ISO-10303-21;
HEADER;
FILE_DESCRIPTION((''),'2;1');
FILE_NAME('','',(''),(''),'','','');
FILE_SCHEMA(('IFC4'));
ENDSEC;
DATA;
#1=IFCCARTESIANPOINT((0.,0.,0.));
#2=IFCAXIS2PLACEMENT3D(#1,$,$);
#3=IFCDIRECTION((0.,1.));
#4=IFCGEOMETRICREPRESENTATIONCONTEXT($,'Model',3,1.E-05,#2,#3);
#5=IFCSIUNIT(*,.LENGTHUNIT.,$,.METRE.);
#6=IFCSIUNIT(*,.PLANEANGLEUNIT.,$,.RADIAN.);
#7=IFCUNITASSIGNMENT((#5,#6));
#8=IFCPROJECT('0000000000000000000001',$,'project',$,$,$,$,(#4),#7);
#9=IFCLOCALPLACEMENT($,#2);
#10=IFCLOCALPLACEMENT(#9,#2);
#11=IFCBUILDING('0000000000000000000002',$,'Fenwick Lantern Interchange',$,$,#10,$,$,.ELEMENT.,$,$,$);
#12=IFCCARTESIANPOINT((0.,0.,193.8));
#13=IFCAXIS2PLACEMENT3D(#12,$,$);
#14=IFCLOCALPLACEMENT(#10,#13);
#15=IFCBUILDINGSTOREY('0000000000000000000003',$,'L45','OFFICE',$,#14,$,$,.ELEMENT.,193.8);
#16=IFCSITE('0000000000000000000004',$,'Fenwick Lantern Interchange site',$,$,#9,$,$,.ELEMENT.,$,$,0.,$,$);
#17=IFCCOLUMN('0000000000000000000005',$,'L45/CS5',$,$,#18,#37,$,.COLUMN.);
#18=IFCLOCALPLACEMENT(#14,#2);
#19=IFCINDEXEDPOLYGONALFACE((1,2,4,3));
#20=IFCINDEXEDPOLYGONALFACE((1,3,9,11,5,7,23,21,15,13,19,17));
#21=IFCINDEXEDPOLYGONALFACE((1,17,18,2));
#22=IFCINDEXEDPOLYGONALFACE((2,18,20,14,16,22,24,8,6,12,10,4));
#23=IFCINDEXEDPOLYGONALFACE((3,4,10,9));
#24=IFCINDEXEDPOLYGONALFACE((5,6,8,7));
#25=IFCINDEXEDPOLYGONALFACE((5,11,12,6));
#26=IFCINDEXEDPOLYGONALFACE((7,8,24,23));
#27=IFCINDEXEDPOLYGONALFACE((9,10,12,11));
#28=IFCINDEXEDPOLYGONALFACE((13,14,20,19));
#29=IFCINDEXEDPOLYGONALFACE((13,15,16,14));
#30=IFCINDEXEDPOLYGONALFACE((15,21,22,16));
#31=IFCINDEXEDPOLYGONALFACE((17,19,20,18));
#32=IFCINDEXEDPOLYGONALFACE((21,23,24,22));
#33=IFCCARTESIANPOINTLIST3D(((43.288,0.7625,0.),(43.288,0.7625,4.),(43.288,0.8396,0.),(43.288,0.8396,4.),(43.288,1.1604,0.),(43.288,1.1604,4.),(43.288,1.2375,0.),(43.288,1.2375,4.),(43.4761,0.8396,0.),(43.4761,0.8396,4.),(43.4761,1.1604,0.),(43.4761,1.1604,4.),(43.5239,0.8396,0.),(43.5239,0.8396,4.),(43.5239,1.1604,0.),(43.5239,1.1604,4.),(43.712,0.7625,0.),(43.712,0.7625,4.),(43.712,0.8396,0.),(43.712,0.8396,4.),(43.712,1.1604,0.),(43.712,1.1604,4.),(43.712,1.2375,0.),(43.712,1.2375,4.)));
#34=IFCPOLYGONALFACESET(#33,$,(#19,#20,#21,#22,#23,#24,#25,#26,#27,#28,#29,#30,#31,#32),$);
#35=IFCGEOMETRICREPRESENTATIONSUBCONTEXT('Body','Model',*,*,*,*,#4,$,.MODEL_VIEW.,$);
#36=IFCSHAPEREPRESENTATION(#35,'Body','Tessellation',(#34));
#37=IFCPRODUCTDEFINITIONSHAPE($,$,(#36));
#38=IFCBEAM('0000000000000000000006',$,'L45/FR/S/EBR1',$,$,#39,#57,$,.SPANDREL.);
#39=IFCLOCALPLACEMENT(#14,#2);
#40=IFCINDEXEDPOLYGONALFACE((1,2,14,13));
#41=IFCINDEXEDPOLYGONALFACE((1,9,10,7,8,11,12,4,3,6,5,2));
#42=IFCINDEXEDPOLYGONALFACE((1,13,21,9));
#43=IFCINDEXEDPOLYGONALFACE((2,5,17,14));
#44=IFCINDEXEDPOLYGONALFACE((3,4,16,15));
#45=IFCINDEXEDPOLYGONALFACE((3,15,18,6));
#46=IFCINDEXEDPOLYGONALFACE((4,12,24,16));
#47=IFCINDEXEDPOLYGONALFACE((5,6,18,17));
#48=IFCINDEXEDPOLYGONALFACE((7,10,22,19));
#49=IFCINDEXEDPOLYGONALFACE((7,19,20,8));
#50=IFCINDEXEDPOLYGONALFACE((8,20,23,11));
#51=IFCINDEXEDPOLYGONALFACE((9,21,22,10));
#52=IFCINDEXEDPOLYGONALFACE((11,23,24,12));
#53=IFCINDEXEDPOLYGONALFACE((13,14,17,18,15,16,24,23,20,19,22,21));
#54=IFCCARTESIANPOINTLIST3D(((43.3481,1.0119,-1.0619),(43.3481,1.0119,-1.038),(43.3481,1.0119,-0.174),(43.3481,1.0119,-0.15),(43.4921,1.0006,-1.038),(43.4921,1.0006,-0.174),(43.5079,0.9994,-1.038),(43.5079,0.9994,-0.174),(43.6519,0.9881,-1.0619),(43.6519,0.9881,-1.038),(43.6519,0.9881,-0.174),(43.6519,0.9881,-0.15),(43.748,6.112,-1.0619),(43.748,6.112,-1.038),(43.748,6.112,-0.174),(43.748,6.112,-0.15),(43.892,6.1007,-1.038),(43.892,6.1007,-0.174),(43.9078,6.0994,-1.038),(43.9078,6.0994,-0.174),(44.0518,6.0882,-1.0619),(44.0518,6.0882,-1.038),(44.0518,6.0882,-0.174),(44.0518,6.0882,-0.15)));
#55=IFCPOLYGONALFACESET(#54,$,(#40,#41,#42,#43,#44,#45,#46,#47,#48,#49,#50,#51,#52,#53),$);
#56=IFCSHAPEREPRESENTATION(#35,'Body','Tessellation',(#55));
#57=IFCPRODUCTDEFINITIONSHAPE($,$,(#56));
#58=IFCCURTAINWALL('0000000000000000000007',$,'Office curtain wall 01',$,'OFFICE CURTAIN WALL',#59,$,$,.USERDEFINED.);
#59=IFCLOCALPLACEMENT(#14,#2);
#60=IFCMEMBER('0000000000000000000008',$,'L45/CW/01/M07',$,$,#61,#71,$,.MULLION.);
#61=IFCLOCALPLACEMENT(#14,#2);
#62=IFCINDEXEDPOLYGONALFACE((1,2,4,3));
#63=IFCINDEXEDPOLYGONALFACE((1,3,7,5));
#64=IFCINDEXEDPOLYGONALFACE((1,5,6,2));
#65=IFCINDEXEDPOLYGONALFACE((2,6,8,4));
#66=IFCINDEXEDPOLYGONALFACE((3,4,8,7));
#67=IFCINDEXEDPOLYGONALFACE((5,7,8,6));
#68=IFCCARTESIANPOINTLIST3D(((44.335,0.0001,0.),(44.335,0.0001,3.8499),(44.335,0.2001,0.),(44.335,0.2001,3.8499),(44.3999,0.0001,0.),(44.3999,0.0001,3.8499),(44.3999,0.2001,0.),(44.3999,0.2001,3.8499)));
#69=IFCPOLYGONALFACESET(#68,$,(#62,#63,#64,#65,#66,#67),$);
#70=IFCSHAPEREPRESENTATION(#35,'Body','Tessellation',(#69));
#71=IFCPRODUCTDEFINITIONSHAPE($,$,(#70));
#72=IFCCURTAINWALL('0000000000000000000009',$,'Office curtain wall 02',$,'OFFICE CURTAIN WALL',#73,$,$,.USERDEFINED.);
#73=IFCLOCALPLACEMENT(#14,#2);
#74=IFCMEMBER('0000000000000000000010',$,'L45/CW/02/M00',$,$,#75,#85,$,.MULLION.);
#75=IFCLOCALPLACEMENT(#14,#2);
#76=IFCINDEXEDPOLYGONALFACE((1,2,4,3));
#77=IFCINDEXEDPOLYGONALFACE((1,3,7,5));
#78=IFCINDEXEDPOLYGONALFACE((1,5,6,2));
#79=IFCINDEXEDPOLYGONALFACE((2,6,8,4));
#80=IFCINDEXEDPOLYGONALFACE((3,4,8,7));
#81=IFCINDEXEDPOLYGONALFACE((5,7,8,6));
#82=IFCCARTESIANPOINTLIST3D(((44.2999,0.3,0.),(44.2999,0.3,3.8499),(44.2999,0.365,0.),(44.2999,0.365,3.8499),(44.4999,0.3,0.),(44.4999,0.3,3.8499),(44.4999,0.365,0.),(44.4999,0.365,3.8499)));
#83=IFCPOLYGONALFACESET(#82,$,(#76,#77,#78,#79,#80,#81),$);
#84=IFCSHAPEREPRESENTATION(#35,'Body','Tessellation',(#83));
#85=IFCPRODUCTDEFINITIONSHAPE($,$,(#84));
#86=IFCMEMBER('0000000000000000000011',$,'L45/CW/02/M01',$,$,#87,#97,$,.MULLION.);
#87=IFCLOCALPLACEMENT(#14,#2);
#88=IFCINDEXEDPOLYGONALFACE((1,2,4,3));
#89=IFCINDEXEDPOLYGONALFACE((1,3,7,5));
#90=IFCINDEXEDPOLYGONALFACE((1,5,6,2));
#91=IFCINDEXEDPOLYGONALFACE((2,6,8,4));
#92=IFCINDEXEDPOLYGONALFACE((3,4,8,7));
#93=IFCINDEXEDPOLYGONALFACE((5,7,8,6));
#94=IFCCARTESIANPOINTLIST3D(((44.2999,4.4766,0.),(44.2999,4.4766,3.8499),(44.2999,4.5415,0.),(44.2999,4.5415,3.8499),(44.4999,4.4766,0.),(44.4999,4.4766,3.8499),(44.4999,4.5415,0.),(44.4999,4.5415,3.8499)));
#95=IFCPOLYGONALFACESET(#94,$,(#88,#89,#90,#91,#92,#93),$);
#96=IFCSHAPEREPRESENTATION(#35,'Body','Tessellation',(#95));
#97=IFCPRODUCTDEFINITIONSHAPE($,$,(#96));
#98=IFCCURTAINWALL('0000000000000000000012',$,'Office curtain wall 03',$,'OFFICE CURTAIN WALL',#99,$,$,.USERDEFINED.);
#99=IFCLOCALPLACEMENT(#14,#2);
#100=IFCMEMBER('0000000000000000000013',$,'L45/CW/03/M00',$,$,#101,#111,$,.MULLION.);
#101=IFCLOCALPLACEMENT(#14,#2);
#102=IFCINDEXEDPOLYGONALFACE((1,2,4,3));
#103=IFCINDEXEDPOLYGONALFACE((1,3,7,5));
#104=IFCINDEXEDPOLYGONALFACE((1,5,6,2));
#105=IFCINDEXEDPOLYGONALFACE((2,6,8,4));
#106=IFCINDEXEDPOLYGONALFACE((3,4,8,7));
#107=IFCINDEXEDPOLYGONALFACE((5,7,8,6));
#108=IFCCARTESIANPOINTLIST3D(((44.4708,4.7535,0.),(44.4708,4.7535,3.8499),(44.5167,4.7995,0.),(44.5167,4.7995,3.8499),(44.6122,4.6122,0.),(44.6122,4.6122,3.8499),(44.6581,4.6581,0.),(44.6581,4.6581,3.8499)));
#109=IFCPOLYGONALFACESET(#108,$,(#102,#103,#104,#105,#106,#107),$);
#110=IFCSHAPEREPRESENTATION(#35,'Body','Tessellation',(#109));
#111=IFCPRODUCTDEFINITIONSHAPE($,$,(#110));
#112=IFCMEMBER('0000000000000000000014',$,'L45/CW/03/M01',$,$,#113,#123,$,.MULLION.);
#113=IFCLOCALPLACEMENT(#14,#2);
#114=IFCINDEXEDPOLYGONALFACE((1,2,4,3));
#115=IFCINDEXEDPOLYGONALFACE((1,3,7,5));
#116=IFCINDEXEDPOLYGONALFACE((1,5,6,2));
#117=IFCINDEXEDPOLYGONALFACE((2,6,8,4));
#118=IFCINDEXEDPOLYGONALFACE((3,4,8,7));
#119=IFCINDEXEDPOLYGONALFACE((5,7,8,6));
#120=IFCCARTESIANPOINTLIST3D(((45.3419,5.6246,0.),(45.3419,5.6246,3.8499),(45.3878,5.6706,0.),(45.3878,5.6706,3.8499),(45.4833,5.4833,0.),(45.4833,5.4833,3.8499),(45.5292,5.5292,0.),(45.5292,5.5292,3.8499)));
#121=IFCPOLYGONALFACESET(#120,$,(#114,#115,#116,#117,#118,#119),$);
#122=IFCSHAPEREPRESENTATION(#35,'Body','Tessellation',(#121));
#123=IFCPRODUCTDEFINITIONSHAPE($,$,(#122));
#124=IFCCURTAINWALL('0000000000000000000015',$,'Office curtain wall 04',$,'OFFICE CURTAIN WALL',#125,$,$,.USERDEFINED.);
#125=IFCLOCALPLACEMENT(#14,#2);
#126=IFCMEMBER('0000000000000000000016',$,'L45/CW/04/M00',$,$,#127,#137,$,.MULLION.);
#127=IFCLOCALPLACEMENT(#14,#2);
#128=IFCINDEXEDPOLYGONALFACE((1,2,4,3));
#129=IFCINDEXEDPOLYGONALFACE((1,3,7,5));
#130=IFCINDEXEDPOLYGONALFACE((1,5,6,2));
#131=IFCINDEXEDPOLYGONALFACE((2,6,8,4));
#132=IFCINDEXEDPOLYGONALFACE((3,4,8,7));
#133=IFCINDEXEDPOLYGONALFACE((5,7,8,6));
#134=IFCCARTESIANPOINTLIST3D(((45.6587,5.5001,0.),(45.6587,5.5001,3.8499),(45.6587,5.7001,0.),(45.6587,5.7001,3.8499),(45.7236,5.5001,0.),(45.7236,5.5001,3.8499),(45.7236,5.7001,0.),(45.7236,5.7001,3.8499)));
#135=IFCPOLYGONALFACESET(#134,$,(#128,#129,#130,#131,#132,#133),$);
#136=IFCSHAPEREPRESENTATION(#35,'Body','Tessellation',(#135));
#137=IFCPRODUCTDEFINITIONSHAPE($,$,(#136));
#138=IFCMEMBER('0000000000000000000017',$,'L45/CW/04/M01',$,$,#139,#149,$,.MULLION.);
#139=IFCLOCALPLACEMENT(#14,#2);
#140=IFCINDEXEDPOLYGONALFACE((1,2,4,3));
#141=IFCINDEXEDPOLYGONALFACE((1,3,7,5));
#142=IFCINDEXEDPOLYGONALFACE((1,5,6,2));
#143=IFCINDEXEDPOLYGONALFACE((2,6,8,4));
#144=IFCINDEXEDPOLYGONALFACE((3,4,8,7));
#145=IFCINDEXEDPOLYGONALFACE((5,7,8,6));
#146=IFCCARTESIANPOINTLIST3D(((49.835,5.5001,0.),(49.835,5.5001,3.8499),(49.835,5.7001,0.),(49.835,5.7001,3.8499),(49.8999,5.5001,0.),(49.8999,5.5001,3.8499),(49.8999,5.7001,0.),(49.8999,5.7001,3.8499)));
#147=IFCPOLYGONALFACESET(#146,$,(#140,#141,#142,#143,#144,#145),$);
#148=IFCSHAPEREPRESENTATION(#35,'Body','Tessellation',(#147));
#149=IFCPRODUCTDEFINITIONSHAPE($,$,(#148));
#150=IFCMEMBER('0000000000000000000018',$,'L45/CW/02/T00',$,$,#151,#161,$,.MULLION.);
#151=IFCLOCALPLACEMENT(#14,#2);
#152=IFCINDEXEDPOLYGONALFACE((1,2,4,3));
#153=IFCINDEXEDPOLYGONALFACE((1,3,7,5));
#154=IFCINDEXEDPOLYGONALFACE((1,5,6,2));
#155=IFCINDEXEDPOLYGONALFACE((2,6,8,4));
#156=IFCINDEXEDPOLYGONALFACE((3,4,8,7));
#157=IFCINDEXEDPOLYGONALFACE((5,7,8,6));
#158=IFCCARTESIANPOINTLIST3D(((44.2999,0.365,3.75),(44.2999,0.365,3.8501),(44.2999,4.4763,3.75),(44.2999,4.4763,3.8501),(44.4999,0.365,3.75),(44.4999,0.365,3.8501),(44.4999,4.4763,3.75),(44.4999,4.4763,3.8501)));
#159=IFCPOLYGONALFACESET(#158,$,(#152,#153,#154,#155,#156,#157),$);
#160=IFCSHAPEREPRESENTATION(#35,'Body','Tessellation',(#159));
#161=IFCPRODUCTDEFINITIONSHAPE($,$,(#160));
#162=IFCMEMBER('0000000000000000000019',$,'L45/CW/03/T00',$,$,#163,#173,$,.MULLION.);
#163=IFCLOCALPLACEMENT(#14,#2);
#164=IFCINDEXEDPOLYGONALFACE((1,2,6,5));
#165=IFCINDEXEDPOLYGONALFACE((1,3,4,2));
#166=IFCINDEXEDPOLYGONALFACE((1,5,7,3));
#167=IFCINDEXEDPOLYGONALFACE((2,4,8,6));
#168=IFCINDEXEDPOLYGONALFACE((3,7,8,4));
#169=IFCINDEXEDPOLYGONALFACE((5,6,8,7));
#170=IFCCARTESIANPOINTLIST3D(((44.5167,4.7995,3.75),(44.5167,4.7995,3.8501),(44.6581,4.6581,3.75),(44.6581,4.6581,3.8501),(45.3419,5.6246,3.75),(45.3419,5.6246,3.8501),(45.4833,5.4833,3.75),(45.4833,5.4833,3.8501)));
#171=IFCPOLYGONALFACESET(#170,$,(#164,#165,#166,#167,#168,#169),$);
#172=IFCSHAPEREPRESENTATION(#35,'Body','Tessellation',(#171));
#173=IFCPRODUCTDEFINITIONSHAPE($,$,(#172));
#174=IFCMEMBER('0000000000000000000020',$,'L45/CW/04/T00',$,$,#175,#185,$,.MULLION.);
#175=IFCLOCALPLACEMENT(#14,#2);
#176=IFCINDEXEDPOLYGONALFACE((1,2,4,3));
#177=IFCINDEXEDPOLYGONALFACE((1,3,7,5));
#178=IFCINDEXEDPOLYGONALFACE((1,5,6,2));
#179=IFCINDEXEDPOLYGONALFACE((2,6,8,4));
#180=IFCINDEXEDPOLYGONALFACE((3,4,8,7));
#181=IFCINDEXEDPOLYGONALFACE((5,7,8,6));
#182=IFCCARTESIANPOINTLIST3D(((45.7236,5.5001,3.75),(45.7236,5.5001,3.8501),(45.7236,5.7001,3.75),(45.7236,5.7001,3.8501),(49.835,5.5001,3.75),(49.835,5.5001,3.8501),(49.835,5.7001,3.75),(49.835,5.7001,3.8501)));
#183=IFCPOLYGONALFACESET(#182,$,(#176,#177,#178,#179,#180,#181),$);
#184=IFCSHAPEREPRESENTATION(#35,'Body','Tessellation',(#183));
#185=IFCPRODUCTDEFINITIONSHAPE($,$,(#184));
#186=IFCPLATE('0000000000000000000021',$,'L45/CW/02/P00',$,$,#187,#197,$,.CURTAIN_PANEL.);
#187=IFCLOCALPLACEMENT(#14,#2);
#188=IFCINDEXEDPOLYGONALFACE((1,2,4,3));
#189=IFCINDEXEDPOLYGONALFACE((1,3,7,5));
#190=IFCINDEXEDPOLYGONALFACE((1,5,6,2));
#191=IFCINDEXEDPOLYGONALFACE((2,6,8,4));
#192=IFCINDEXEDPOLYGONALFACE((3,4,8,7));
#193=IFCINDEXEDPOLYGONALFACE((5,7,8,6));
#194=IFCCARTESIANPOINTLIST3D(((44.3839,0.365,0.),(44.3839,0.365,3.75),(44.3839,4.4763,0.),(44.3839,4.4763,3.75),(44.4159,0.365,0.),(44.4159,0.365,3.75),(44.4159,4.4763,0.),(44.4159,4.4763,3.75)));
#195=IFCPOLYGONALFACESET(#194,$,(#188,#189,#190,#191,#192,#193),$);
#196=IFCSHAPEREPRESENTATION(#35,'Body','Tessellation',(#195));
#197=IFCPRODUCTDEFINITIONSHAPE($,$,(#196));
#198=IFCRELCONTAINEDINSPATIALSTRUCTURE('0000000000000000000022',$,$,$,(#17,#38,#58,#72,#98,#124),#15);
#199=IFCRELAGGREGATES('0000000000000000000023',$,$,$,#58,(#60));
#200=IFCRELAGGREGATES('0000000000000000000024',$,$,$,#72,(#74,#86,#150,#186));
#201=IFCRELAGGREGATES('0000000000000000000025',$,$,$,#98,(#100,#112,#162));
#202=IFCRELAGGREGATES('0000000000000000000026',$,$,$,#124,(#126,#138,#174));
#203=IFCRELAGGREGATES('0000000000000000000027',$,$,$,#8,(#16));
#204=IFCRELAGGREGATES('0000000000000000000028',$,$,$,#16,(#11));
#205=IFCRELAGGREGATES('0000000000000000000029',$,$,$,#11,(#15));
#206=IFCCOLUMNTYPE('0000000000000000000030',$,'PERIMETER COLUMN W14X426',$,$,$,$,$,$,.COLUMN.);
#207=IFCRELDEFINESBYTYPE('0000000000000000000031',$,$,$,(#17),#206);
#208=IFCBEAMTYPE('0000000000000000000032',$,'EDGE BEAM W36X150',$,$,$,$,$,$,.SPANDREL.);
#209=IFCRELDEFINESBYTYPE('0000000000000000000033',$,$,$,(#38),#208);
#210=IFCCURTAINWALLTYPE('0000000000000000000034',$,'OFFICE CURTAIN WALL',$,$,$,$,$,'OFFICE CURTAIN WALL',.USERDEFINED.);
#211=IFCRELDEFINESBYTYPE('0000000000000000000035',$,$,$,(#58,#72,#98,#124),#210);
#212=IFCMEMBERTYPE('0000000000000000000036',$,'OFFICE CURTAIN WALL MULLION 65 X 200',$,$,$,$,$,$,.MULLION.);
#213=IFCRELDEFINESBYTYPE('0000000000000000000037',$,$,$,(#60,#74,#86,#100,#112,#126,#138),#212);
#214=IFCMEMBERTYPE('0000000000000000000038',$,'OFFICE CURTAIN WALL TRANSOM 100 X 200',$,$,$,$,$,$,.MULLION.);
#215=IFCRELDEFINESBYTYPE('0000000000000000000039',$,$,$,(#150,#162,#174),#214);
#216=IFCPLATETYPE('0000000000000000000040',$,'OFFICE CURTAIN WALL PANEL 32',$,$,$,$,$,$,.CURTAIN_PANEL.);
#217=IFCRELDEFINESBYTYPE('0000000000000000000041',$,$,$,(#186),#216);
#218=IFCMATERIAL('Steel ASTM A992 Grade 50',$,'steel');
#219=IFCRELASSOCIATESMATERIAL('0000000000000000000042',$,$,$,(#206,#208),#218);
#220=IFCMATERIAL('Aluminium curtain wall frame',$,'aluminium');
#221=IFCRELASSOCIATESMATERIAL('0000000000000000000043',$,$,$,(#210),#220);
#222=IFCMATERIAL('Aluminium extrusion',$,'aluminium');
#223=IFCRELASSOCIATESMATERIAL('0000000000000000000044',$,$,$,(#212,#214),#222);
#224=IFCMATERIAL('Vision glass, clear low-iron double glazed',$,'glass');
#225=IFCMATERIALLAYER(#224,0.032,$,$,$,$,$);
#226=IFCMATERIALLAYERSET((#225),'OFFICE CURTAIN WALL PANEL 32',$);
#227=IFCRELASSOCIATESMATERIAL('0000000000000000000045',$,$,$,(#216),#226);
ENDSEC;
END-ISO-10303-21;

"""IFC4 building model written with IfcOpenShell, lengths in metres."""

from ifc_helpers import new_model, si_unit, direction, frame, origin, origin_2d, place, context, subcontext, project, spatial, rectangle, i_section, extrude, material, layer, layer_set, material_profile, profile_set, type_object, element, aggregate, save


model = new_model("IFC4")

# Units and contexts
model_context = context("Model", 3, precision=1e-05, world=origin(), true_north=direction((0.0, 1.0)))
body_context = subcontext(model_context, "Body", "Model", "MODEL_VIEW")
ifc_project = project(units=[si_unit("LENGTHUNIT", "METRE"), si_unit("PLANEANGLEUNIT", "RADIAN")], contexts=[model_context])

# Site, building, storey
site_placement = place(None, origin())
site = spatial("IfcSite", under=ifc_project, at=site_placement, Name="Fenwick Lantern Interchange site", CompositionType="ELEMENT", RefElevation=0.0)
building_placement = place(site_placement, origin())
building = spatial("IfcBuilding", under=site, at=building_placement, Name="Fenwick Lantern Interchange", CompositionType="ELEMENT")
storey_placement = place(building_placement, frame((0.0, 0.0, 193.8)))
storey = spatial("IfcBuildingStorey", under=building, at=storey_placement, Name="L45", Description="OFFICE", CompositionType="ELEMENT", Elevation=193.8)

# Column
ifc_material_1 = material(Name="Steel ASTM A992 Grade 50", Category="steel")
ifc_material_profile_1 = material_profile(ifc_material_1, i_section(OverallWidth=0.4241, OverallDepth=0.4751, WebThickness=0.0479, FlangeThickness=0.0771, at=origin_2d()), Name="W14X426")
ifc_profile_set_1 = profile_set([ifc_material_profile_1], Name="Steel ASTM A992 Grade 50")
column_type = type_object("IfcColumnType", Name="PERIMETER COLUMN W14X426", PredefinedType="COLUMN", material=ifc_profile_set_1)
column_placement = place(storey_placement, frame((43.5, 1.0, 0.0), z_axis=(0.0, 0.0, 1.0), x_axis=(1.0, 0.0, 0.0)))
element("IfcColumn", 1, at=column_placement, inside=storey, type_object=column_type, Name="L45/CS5", PredefinedType="COLUMN", context=body_context, shape_type="SweptSolid", body=[
    extrude(i_section(OverallWidth=0.4241, OverallDepth=0.4751, WebThickness=0.0479, FlangeThickness=0.0771, at=origin_2d()), origin(), (0.0, 0.0, 1.0), 4.0),
])

# Beam
ifc_material_profile_2 = material_profile(ifc_material_1, i_section(OverallWidth=0.3047, OverallDepth=0.9119, WebThickness=0.0159, FlangeThickness=0.0239, at=origin_2d()), Name="W36X150")
ifc_profile_set_2 = profile_set([ifc_material_profile_2], Name="Steel ASTM A992 Grade 50")
beam_type = type_object("IfcBeamType", Name="EDGE BEAM W36X150", PredefinedType="SPANDREL", material=ifc_profile_set_2)
beam_placement = place(storey_placement, frame((43.5, 1.0, -0.606), z_axis=(0.078171, 0.99694, 0.0), x_axis=(-0.99694, 0.078171, 0.0)))
element("IfcBeam", 2, at=beam_placement, inside=storey, type_object=beam_type, Name="L45/FR/S/EBR1", PredefinedType="SPANDREL", context=body_context, shape_type="SweptSolid", body=[
    extrude(i_section(OverallWidth=0.3047, OverallDepth=0.9119, WebThickness=0.0159, FlangeThickness=0.0239, at=origin_2d()), origin(), (0.0, 0.0, 1.0), 5.1157),
])

# Curtain wall, member
ifc_material_2 = material(Name="Aluminium curtain wall frame", Category="aluminium")
curtain_wall_type = type_object("IfcCurtainWallType", Name="OFFICE CURTAIN WALL", ElementType="OFFICE CURTAIN WALL", PredefinedType="USERDEFINED", material=ifc_material_2)
curtain_wall_1_placement = place(storey_placement, origin())
curtain_wall_1 = element("IfcCurtainWall", 3, at=curtain_wall_1_placement, inside=storey, type_object=curtain_wall_type, Name="Office curtain wall 01", ObjectType="OFFICE CURTAIN WALL", PredefinedType="USERDEFINED")
ifc_material_3 = material(Name="Aluminium extrusion", Category="aluminium")
ifc_material_profile_3 = material_profile(ifc_material_3, rectangle(XDim=0.2, YDim=0.0649, at=origin_2d()), Name="OFFICE CURTAIN WALL MULLION 65 X 200")
ifc_profile_set_3 = profile_set([ifc_material_profile_3], Name="Aluminium extrusion")
member_type_1 = type_object("IfcMemberType", Name="OFFICE CURTAIN WALL MULLION 65 X 200", PredefinedType="MULLION", material=ifc_profile_set_3)
member_1_placement = place(storey_placement, frame((44.3674, 0.1001, 0.0), z_axis=(0.0, 0.0, 1.0), x_axis=(0.0, 1.0, 0.0)))
member_1 = element("IfcMember", 4, at=member_1_placement, type_object=member_type_1, Name="L45/CW/01/M07", PredefinedType="MULLION", context=body_context, shape_type="SweptSolid", body=[
    extrude(rectangle(XDim=0.2, YDim=0.0649, at=origin_2d()), origin(), (0.0, 0.0, 1.0), 3.8499),
])
aggregate(curtain_wall_1, [member_1])

# Curtain walls, members
curtain_wall_2_placement = place(storey_placement, origin())
curtain_wall_2 = element("IfcCurtainWall", 5, at=curtain_wall_2_placement, inside=storey, type_object=curtain_wall_type, Name="Office curtain wall 02", ObjectType="OFFICE CURTAIN WALL", PredefinedType="USERDEFINED")
member_2_placement = place(storey_placement, frame((44.3999, 0.3325, 0.0), z_axis=(0.0, 0.0, 1.0), x_axis=(-1.0, 0.0, 0.0)))
member_2 = element("IfcMember", 6, at=member_2_placement, type_object=member_type_1, Name="L45/CW/02/M00", PredefinedType="MULLION", context=body_context, shape_type="SweptSolid", body=[
    extrude(rectangle(XDim=0.2, YDim=0.0649, at=origin_2d()), origin(), (0.0, 0.0, 1.0), 3.8499),
])
member_3_placement = place(storey_placement, frame((44.3999, 4.509, 0.0), z_axis=(0.0, 0.0, 1.0), x_axis=(-1.0, 0.0, 0.0)))
member_3 = element("IfcMember", 7, at=member_3_placement, type_object=member_type_1, Name="L45/CW/02/M01", PredefinedType="MULLION", context=body_context, shape_type="SweptSolid", body=[
    extrude(rectangle(XDim=0.2, YDim=0.0649, at=origin_2d()), origin(), (0.0, 0.0, 1.0), 3.8499),
])
curtain_wall_3_placement = place(storey_placement, origin())
curtain_wall_3 = element("IfcCurtainWall", 8, at=curtain_wall_3_placement, inside=storey, type_object=curtain_wall_type, Name="Office curtain wall 03", ObjectType="OFFICE CURTAIN WALL", PredefinedType="USERDEFINED")
member_4_placement = place(storey_placement, frame((44.5645, 4.7058, 0.0), z_axis=(0.0, 0.0, 1.0), x_axis=(-0.707107, 0.707107, 0.0)))
member_4 = element("IfcMember", 9, at=member_4_placement, type_object=member_type_1, Name="L45/CW/03/M00", PredefinedType="MULLION", context=body_context, shape_type="SweptSolid", body=[
    extrude(rectangle(XDim=0.2, YDim=0.0649, at=origin_2d()), origin(), (0.0, 0.0, 1.0), 3.8499),
])
member_5_placement = place(storey_placement, frame((45.4355, 5.5769, 0.0), z_axis=(0.0, 0.0, 1.0), x_axis=(-0.707107, 0.707107, 0.0)))
member_5 = element("IfcMember", 10, at=member_5_placement, type_object=member_type_1, Name="L45/CW/03/M01", PredefinedType="MULLION", context=body_context, shape_type="SweptSolid", body=[
    extrude(rectangle(XDim=0.2, YDim=0.0649, at=origin_2d()), origin(), (0.0, 0.0, 1.0), 3.8499),
])
curtain_wall_4_placement = place(storey_placement, origin())
curtain_wall_4 = element("IfcCurtainWall", 11, at=curtain_wall_4_placement, inside=storey, type_object=curtain_wall_type, Name="Office curtain wall 04", ObjectType="OFFICE CURTAIN WALL", PredefinedType="USERDEFINED")
member_6_placement = place(storey_placement, frame((45.6912, 5.6001, 0.0), z_axis=(0.0, 0.0, 1.0), x_axis=(0.0, 1.0, 0.0)))
member_6 = element("IfcMember", 12, at=member_6_placement, type_object=member_type_1, Name="L45/CW/04/M00", PredefinedType="MULLION", context=body_context, shape_type="SweptSolid", body=[
    extrude(rectangle(XDim=0.2, YDim=0.0649, at=origin_2d()), origin(), (0.0, 0.0, 1.0), 3.8499),
])
member_7_placement = place(storey_placement, frame((49.8674, 5.6001, 0.0), z_axis=(0.0, 0.0, 1.0), x_axis=(0.0, 1.0, 0.0)))
member_7 = element("IfcMember", 13, at=member_7_placement, type_object=member_type_1, Name="L45/CW/04/M01", PredefinedType="MULLION", context=body_context, shape_type="SweptSolid", body=[
    extrude(rectangle(XDim=0.2, YDim=0.0649, at=origin_2d()), origin(), (0.0, 0.0, 1.0), 3.8499),
])

# Members
ifc_material_profile_4 = material_profile(ifc_material_3, rectangle(XDim=0.2, YDim=0.1001, at=origin_2d()), Name="OFFICE CURTAIN WALL TRANSOM 100 X 200")
ifc_profile_set_4 = profile_set([ifc_material_profile_4], Name="Aluminium extrusion")
member_type_2 = type_object("IfcMemberType", Name="OFFICE CURTAIN WALL TRANSOM 100 X 200", PredefinedType="MULLION", material=ifc_profile_set_4)
member_8_placement = place(storey_placement, frame((44.3999, 0.365, 3.8), z_axis=(0.0, 1.0, 0.0), x_axis=(-1.0, 0.0, 0.0)))
member_8 = element("IfcMember", 14, at=member_8_placement, type_object=member_type_2, Name="L45/CW/02/T00", PredefinedType="MULLION", context=body_context, shape_type="SweptSolid", body=[
    extrude(rectangle(XDim=0.2, YDim=0.1001, at=origin_2d()), origin(), (0.0, 0.0, 1.0), 4.1113),
])
member_9_placement = place(storey_placement, frame((44.5874, 4.7288, 3.8), z_axis=(0.707107, 0.707107, 0.0), x_axis=(-0.707107, 0.707107, 0.0)))
member_9 = element("IfcMember", 15, at=member_9_placement, type_object=member_type_2, Name="L45/CW/03/T00", PredefinedType="MULLION", context=body_context, shape_type="SweptSolid", body=[
    extrude(rectangle(XDim=0.2, YDim=0.1001, at=origin_2d()), origin(), (0.0, 0.0, 1.0), 1.167),
])
member_10_placement = place(storey_placement, frame((45.7236, 5.6001, 3.8), z_axis=(1.0, 0.0, 0.0), x_axis=(0.0, 1.0, 0.0)))
member_10 = element("IfcMember", 16, at=member_10_placement, type_object=member_type_2, Name="L45/CW/04/T00", PredefinedType="MULLION", context=body_context, shape_type="SweptSolid", body=[
    extrude(rectangle(XDim=0.2, YDim=0.1001, at=origin_2d()), origin(), (0.0, 0.0, 1.0), 4.1113),
])

# Plate
ifc_material_4 = material(Name="Vision glass, clear low-iron double glazed", Category="glass")
ifc_layer_1 = layer(ifc_material_4, 0.032)
ifc_layer_set_1 = layer_set([ifc_layer_1], Name="OFFICE CURTAIN WALL PANEL 32")
plate_type = type_object("IfcPlateType", Name="OFFICE CURTAIN WALL PANEL 32", PredefinedType="CURTAIN_PANEL", material=ifc_layer_set_1)
plate_1_placement = place(storey_placement, frame((44.3999, 2.4207, 0.0), z_axis=(0.0, 0.0, 1.0), x_axis=(0.0, 1.0, 0.0)))
plate_1 = element("IfcPlate", 17, at=plate_1_placement, type_object=plate_type, Name="L45/CW/02/P00", PredefinedType="CURTAIN_PANEL", context=body_context, shape_type="SweptSolid", body=[
    extrude(rectangle(XDim=4.1113, YDim=0.032, at=origin_2d()), origin(), (0.0, 0.0, 1.0), 3.75),
])
aggregate(curtain_wall_2, [member_2, member_3, member_8, plate_1])
aggregate(curtain_wall_3, [member_4, member_5, member_9])
aggregate(curtain_wall_4, [member_6, member_7, member_10])

save(model, "model.ifc")
